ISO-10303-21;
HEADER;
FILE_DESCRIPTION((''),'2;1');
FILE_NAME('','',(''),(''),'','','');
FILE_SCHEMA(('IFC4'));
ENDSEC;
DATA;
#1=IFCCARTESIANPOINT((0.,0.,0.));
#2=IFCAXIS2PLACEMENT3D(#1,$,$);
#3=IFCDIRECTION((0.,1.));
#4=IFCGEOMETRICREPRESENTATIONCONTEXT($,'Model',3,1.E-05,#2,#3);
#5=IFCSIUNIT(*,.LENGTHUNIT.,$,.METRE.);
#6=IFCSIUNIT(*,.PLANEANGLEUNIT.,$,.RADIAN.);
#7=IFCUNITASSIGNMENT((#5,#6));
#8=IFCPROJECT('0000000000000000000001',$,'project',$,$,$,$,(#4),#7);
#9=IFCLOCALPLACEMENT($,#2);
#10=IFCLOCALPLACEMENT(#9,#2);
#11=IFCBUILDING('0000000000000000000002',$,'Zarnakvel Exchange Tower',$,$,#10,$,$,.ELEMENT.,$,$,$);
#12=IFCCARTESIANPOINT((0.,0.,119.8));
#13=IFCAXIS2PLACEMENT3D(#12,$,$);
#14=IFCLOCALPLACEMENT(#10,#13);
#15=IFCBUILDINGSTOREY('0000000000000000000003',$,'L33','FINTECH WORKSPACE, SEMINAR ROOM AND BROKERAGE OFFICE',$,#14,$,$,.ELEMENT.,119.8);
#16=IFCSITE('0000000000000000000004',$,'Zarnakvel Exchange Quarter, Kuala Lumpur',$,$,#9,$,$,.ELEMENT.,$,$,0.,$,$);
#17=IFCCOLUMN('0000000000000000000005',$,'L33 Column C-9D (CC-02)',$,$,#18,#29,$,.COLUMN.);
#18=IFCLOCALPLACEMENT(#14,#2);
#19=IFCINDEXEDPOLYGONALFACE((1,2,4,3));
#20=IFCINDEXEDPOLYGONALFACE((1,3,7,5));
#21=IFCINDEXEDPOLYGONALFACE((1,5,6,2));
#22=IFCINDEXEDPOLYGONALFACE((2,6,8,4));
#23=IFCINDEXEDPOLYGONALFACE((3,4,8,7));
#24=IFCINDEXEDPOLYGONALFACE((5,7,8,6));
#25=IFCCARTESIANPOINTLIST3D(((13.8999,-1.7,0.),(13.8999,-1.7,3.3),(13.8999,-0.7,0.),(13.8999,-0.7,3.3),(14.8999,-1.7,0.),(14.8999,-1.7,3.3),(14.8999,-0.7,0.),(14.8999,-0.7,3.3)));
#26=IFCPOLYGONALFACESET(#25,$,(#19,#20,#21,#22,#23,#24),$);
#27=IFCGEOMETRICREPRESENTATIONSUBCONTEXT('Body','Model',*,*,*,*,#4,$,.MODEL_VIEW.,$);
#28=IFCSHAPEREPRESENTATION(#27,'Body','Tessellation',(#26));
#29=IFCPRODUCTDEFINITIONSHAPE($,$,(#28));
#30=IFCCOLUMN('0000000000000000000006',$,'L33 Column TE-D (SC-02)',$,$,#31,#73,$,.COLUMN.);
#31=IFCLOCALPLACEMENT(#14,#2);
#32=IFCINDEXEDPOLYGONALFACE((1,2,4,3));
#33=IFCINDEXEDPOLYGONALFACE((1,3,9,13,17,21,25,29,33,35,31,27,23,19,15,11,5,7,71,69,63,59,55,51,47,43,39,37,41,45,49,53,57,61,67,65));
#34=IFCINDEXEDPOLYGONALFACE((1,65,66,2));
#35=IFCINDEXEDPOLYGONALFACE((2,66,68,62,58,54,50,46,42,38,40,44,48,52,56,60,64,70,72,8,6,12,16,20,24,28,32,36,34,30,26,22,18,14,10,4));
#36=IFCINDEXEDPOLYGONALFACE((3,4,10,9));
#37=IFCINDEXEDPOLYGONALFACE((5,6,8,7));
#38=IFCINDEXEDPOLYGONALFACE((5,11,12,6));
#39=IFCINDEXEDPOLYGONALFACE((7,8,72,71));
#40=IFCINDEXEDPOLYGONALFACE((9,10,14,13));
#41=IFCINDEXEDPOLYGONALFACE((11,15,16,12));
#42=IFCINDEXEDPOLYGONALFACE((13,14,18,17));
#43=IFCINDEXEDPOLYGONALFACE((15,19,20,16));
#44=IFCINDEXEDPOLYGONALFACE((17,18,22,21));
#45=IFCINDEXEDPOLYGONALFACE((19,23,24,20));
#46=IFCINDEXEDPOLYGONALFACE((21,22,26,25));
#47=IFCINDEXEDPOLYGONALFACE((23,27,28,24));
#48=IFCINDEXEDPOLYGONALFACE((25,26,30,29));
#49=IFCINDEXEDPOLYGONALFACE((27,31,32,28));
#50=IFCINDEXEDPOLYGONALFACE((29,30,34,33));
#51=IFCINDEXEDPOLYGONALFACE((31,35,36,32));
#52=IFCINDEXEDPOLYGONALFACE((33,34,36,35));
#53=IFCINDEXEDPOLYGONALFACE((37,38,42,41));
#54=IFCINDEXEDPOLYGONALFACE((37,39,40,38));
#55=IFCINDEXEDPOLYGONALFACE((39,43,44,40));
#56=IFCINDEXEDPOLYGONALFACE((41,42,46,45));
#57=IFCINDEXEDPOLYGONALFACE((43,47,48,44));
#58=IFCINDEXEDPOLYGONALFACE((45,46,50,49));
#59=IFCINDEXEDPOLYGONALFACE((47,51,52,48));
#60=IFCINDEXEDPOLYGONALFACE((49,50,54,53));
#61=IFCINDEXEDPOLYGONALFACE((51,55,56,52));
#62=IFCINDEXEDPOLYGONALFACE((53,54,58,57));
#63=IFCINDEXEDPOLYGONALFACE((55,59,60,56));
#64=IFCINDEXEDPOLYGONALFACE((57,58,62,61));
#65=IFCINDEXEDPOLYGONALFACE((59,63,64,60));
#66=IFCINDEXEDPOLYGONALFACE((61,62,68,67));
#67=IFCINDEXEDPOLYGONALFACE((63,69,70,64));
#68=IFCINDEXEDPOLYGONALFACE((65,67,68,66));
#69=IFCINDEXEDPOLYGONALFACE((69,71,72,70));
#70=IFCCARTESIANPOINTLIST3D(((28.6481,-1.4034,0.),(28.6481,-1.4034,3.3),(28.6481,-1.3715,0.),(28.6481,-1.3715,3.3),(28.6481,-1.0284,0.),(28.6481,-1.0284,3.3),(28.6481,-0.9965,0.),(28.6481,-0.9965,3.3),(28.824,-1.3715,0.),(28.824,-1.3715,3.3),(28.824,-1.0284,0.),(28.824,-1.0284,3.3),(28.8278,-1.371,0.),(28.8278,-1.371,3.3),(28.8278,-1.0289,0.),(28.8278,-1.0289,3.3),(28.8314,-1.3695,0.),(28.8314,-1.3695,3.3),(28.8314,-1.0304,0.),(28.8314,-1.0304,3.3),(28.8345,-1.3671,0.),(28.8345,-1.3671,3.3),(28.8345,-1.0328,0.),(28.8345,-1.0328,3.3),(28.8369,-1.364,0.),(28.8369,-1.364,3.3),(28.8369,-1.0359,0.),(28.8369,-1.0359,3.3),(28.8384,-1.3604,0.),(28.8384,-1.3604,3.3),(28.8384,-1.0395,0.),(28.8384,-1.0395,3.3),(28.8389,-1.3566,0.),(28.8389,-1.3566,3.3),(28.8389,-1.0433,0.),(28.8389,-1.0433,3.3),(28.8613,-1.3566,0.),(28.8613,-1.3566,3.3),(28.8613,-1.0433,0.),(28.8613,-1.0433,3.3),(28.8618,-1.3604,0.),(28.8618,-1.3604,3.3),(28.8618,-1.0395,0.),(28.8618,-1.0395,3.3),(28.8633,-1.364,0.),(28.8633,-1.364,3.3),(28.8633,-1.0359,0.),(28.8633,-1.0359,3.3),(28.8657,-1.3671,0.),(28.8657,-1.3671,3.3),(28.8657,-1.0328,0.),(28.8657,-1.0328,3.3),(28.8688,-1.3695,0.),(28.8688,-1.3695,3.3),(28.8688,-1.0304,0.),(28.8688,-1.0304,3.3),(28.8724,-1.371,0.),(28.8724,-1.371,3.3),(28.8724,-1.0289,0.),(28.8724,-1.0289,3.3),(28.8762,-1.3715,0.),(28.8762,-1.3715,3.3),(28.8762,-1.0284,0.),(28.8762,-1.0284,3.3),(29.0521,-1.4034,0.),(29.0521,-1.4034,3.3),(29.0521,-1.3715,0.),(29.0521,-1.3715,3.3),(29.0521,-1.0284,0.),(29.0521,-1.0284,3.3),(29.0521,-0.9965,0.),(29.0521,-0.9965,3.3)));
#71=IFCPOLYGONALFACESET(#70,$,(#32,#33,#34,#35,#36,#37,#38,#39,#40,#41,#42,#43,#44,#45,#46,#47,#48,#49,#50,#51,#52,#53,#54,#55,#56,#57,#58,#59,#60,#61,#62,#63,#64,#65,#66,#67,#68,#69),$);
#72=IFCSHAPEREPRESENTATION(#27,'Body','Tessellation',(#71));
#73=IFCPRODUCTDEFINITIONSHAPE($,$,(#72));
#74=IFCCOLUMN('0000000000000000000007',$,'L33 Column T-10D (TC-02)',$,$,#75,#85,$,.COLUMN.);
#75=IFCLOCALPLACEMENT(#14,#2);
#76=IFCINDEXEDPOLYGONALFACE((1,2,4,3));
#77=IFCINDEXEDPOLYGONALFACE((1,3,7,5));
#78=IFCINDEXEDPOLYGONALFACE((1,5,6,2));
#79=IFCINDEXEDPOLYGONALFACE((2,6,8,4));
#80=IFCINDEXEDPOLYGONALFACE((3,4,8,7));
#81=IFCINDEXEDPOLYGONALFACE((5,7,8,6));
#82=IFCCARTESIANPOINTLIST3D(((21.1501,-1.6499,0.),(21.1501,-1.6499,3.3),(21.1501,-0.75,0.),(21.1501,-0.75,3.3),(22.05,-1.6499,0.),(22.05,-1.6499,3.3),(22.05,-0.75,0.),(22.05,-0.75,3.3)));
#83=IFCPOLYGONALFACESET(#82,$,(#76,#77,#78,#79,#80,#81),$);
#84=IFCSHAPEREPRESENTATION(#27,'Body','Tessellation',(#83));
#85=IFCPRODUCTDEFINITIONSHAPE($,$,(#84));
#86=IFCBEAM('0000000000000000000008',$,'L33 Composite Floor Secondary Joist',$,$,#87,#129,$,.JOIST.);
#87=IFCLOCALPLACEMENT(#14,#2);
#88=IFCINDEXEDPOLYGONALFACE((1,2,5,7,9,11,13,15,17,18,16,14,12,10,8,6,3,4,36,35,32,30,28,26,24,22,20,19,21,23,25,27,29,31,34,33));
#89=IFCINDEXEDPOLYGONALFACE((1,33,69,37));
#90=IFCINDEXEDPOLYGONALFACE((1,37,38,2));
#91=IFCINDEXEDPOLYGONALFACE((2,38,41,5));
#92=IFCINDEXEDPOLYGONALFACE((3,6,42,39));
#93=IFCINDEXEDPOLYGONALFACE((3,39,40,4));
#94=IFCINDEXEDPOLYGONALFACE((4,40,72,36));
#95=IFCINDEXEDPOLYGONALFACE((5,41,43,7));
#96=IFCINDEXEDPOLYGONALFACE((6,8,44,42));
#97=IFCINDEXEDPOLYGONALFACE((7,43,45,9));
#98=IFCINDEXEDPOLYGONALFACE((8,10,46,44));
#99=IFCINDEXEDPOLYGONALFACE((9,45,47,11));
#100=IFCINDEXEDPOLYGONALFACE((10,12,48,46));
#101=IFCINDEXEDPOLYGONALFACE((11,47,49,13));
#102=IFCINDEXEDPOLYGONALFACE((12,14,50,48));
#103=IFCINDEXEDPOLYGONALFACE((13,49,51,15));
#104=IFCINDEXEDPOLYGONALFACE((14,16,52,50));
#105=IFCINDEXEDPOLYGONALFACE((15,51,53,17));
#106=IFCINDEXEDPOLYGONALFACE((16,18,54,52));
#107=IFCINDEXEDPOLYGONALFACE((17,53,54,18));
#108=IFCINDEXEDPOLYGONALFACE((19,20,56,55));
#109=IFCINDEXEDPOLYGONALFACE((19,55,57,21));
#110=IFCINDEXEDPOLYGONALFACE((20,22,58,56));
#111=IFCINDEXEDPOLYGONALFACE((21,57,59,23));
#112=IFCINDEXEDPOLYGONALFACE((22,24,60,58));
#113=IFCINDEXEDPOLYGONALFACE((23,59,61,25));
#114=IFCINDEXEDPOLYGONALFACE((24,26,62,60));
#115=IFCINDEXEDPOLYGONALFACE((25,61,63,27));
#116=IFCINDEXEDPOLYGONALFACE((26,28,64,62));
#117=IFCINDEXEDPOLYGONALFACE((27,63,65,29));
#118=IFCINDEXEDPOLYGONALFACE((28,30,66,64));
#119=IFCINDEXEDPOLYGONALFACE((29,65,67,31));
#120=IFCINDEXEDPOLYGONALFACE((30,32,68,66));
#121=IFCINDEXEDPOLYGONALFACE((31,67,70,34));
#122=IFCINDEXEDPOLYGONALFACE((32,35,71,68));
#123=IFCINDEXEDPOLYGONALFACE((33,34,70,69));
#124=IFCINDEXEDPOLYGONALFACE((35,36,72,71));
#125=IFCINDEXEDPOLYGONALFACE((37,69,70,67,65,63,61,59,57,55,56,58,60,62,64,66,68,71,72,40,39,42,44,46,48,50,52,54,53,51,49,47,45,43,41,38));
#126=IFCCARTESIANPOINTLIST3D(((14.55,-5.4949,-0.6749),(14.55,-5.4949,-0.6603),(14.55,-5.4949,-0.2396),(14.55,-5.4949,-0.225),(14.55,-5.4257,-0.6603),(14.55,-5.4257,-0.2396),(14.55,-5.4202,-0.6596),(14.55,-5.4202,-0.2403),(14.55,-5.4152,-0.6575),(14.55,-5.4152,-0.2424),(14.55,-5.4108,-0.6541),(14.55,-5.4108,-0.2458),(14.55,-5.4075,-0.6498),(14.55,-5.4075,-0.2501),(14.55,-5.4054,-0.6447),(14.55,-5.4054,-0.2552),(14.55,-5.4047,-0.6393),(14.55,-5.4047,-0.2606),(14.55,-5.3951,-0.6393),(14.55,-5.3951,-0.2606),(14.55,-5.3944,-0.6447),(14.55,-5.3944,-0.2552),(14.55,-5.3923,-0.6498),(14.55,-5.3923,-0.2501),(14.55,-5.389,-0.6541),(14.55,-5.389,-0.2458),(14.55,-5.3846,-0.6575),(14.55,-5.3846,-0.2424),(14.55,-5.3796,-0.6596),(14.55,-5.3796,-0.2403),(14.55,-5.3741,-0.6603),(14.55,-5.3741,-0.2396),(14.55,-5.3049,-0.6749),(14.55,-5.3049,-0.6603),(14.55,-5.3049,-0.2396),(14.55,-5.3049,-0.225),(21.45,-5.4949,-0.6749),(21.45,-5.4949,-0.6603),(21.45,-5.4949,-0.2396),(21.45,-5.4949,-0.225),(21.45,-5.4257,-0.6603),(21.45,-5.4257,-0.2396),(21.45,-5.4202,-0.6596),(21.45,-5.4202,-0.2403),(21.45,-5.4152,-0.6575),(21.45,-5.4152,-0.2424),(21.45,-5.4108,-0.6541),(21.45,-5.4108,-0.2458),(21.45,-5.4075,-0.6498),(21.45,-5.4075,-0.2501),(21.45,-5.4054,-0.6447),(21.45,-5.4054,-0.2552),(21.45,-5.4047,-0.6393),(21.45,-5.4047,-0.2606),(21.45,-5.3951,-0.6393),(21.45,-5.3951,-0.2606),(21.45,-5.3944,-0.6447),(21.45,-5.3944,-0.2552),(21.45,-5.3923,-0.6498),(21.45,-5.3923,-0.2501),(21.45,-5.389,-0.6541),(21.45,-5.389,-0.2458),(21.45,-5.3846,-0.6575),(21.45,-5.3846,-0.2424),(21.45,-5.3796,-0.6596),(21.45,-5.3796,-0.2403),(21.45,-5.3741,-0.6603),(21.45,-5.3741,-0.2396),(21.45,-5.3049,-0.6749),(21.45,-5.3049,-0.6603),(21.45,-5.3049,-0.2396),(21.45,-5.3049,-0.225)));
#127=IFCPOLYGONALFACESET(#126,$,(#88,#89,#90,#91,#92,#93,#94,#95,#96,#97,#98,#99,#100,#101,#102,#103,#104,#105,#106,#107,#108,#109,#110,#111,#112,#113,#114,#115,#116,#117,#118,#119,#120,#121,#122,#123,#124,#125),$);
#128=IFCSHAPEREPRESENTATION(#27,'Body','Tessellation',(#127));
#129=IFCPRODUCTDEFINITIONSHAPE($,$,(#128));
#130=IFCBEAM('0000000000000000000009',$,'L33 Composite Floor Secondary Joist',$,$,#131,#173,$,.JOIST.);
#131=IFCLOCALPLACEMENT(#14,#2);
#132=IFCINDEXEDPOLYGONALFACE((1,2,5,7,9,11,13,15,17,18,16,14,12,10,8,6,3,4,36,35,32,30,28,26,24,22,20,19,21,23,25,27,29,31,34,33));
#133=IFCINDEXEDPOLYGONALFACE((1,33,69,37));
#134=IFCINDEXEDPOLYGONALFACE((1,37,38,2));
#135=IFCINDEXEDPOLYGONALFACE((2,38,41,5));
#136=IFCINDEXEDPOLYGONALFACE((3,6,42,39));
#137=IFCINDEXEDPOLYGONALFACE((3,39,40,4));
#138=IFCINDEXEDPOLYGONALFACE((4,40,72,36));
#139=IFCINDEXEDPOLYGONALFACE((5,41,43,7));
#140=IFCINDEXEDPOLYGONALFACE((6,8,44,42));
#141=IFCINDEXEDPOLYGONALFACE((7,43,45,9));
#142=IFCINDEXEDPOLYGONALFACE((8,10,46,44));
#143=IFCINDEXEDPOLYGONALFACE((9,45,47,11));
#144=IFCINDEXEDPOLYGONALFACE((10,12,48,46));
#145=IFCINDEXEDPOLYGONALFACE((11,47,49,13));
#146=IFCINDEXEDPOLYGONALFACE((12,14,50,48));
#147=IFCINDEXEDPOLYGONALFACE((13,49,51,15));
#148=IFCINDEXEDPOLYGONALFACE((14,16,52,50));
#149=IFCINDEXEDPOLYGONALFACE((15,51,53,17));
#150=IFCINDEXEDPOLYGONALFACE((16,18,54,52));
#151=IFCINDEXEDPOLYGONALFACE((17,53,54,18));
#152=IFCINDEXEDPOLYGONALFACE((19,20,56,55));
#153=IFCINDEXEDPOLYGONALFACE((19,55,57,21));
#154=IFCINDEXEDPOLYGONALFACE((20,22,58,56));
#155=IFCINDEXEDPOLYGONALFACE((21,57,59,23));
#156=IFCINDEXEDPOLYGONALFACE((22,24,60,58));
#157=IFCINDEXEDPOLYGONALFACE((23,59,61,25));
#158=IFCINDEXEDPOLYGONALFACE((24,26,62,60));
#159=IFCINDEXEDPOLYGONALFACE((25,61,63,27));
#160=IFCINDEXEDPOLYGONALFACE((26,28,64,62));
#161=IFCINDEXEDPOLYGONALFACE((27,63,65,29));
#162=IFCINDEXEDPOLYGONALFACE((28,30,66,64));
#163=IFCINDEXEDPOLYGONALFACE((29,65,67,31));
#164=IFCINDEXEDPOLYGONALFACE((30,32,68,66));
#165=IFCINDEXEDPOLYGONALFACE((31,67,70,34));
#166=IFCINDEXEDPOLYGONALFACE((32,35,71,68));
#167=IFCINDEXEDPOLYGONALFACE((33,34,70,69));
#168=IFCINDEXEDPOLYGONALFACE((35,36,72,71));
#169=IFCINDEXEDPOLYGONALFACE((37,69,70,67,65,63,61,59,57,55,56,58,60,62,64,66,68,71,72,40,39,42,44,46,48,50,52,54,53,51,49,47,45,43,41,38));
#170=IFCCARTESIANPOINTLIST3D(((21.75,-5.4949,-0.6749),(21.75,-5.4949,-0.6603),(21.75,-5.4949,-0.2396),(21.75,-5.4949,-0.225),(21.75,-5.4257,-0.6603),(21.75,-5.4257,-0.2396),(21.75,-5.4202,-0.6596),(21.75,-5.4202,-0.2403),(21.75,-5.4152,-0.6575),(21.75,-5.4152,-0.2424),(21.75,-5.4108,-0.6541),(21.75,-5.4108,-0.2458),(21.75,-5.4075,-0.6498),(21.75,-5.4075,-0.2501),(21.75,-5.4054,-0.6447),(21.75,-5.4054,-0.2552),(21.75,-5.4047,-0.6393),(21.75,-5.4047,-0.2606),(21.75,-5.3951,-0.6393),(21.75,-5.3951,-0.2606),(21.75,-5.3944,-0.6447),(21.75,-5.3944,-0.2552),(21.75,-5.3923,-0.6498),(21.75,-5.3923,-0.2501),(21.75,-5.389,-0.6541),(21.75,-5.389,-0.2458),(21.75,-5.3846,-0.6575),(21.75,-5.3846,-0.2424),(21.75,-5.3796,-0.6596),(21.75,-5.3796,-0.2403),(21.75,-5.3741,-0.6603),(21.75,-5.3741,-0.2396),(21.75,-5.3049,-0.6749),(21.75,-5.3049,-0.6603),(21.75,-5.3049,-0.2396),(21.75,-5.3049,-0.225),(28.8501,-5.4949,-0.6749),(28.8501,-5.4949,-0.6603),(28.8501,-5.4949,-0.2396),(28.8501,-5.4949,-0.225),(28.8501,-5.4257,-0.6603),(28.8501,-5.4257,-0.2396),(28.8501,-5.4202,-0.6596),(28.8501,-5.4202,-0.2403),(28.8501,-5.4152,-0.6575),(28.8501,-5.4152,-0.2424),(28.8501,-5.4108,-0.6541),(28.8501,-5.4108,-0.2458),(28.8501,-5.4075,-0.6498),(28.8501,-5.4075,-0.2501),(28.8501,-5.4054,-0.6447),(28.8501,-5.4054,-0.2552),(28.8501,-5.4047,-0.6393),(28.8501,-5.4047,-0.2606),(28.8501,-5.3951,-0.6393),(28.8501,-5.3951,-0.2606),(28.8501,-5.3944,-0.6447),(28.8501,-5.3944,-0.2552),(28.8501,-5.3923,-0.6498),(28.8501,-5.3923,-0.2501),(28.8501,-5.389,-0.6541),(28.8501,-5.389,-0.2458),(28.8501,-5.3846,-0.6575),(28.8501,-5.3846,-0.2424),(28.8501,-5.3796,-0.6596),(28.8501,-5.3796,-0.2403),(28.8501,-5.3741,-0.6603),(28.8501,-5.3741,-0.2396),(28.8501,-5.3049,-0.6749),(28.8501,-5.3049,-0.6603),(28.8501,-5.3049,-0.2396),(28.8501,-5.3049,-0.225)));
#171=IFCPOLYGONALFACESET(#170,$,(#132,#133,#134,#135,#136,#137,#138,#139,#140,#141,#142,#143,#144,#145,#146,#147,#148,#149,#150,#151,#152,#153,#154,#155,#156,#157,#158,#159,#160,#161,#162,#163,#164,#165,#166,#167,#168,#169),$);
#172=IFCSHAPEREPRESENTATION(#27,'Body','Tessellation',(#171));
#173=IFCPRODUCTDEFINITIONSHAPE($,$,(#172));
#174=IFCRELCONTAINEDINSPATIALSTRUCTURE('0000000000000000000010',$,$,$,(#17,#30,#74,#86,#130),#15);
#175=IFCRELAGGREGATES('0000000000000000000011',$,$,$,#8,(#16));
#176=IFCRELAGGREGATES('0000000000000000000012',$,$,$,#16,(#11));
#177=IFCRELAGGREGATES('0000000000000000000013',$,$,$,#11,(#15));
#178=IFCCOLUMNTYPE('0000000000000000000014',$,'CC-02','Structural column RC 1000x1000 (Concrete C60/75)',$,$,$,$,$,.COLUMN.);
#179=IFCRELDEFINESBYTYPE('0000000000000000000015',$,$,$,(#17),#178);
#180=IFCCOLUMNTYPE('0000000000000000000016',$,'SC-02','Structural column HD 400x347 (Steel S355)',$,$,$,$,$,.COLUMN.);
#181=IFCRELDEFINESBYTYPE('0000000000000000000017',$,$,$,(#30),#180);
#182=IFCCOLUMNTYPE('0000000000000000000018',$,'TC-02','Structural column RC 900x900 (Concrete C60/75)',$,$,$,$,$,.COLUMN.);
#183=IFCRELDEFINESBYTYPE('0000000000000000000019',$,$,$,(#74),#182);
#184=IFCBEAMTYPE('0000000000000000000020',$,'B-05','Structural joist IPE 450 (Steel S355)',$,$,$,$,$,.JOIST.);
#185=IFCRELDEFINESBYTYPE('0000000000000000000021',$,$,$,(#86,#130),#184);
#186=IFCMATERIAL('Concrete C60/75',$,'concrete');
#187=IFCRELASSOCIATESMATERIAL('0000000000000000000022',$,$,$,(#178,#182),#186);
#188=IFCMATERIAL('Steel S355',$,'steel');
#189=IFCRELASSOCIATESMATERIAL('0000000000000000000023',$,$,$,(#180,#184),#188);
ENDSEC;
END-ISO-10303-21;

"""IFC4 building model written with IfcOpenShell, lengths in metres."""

from ifc_helpers import new_model, si_unit, direction, frame, origin, origin_2d, place, context, subcontext, project, spatial, rectangle, i_section, extrude, material, material_profile, profile_set, type_object, element, save


model = new_model("IFC4")

# Units and contexts
model_context = context("Model", 3, precision=1e-05, world=origin(), true_north=direction((0.0, 1.0)))
body_context = subcontext(model_context, "Body", "Model", "MODEL_VIEW")
ifc_project = project(units=[si_unit("LENGTHUNIT", "METRE"), si_unit("PLANEANGLEUNIT", "RADIAN")], contexts=[model_context])

# Site, building, storey
site_placement = place(None, origin())
site = spatial("IfcSite", under=ifc_project, at=site_placement, Name="Zarnakvel Exchange Quarter, Kuala Lumpur", CompositionType="ELEMENT", RefElevation=0.0)
building_placement = place(site_placement, origin())
building = spatial("IfcBuilding", under=site, at=building_placement, Name="Zarnakvel Exchange Tower", CompositionType="ELEMENT")
storey_placement = place(building_placement, frame((0.0, 0.0, 119.8)))
storey = spatial("IfcBuildingStorey", under=building, at=storey_placement, Name="L33", Description="FINTECH WORKSPACE, SEMINAR ROOM AND BROKERAGE OFFICE", CompositionType="ELEMENT", Elevation=119.8)

# Columns
ifc_material_1 = material(Name="Concrete C60/75", Category="concrete")
ifc_material_profile_1 = material_profile(ifc_material_1, rectangle(XDim=1.0, YDim=1.0, at=origin_2d()))
ifc_profile_set_1 = profile_set([ifc_material_profile_1], Name="Concrete C60/75")
column_type_1 = type_object("IfcColumnType", Name="CC-02", Description="Structural column RC 1000x1000 (Concrete C60/75)", PredefinedType="COLUMN", material=ifc_profile_set_1)
column_1_placement = place(storey_placement, frame((14.3999, -1.2, 0.0), z_axis=(0.0, 0.0, 1.0), x_axis=(1.0, 0.0, 0.0)))
element("IfcColumn", 1, at=column_1_placement, inside=storey, type_object=column_type_1, Name="L33 Column C-9D (CC-02)", PredefinedType="COLUMN", context=body_context, shape_type="SweptSolid", body=[
    extrude(rectangle(XDim=1.0, YDim=1.0, at=origin_2d()), origin(), (0.0, 0.0, 1.0), 3.3),
])
ifc_material_2 = material(Name="Steel S355", Category="steel")
ifc_material_profile_2 = material_profile(ifc_material_2, i_section(OverallWidth=0.4041, OverallDepth=0.407, WebThickness=0.0225, FlangeThickness=0.032, FilletRadius=0.0149, at=origin_2d()))
ifc_profile_set_2 = profile_set([ifc_material_profile_2], Name="Steel S355")
column_type_2 = type_object("IfcColumnType", Name="SC-02", Description="Structural column HD 400x347 (Steel S355)", PredefinedType="COLUMN", material=ifc_profile_set_2)
column_2_placement = place(storey_placement, frame((28.8501, -1.2, 0.0), z_axis=(0.0, 0.0, 1.0), x_axis=(1.0, 0.0, 0.0)))
element("IfcColumn", 2, at=column_2_placement, inside=storey, type_object=column_type_2, Name="L33 Column TE-D (SC-02)", PredefinedType="COLUMN", context=body_context, shape_type="SweptSolid", body=[
    extrude(i_section(OverallWidth=0.4041, OverallDepth=0.407, WebThickness=0.0225, FlangeThickness=0.032, FilletRadius=0.0149, at=origin_2d()), origin(), (0.0, 0.0, 1.0), 3.3),
])
ifc_material_profile_3 = material_profile(ifc_material_1, rectangle(XDim=0.8999, YDim=0.8999, at=origin_2d()))
ifc_profile_set_3 = profile_set([ifc_material_profile_3], Name="Concrete C60/75")
column_type_3 = type_object("IfcColumnType", Name="TC-02", Description="Structural column RC 900x900 (Concrete C60/75)", PredefinedType="COLUMN", material=ifc_profile_set_3)
column_3_placement = place(storey_placement, frame((21.6001, -1.2, 0.0), z_axis=(0.0, 0.0, 1.0), x_axis=(1.0, 0.0, 0.0)))
element("IfcColumn", 3, at=column_3_placement, inside=storey, type_object=column_type_3, Name="L33 Column T-10D (TC-02)", PredefinedType="COLUMN", context=body_context, shape_type="SweptSolid", body=[
    extrude(rectangle(XDim=0.8999, YDim=0.8999, at=origin_2d()), origin(), (0.0, 0.0, 1.0), 3.3),
])

# Beams
ifc_material_profile_4 = material_profile(ifc_material_2, i_section(OverallWidth=0.1899, OverallDepth=0.45, WebThickness=0.0095, FlangeThickness=0.0146, FilletRadius=0.021, at=origin_2d()))
ifc_profile_set_4 = profile_set([ifc_material_profile_4], Name="Steel S355")
beam_type_1 = type_object("IfcBeamType", Name="B-05", Description="Structural joist IPE 450 (Steel S355)", PredefinedType="JOIST", material=ifc_profile_set_4)
beam_1_placement = place(storey_placement, frame((14.55, -5.3999, -0.45), z_axis=(1.0, 0.0, 0.0), x_axis=(0.0, 1.0, 0.0)))
element("IfcBeam", 4, at=beam_1_placement, inside=storey, type_object=beam_type_1, Name="L33 Composite Floor Secondary Joist", PredefinedType="JOIST", context=body_context, shape_type="SweptSolid", body=[
    extrude(i_section(OverallWidth=0.1899, OverallDepth=0.45, WebThickness=0.0095, FlangeThickness=0.0146, FilletRadius=0.021, at=origin_2d()), origin(), (0.0, 0.0, 1.0), 6.8999),
])
beam_2_placement = place(storey_placement, frame((21.75, -5.3999, -0.45), z_axis=(1.0, 0.0, 0.0), x_axis=(0.0, 1.0, 0.0)))
element("IfcBeam", 5, at=beam_2_placement, inside=storey, type_object=beam_type_1, Name="L33 Composite Floor Secondary Joist", PredefinedType="JOIST", context=body_context, shape_type="SweptSolid", body=[
    extrude(i_section(OverallWidth=0.1899, OverallDepth=0.45, WebThickness=0.0095, FlangeThickness=0.0146, FilletRadius=0.021, at=origin_2d()), origin(), (0.0, 0.0, 1.0), 7.1001),
])

save(model, "model.ifc")
